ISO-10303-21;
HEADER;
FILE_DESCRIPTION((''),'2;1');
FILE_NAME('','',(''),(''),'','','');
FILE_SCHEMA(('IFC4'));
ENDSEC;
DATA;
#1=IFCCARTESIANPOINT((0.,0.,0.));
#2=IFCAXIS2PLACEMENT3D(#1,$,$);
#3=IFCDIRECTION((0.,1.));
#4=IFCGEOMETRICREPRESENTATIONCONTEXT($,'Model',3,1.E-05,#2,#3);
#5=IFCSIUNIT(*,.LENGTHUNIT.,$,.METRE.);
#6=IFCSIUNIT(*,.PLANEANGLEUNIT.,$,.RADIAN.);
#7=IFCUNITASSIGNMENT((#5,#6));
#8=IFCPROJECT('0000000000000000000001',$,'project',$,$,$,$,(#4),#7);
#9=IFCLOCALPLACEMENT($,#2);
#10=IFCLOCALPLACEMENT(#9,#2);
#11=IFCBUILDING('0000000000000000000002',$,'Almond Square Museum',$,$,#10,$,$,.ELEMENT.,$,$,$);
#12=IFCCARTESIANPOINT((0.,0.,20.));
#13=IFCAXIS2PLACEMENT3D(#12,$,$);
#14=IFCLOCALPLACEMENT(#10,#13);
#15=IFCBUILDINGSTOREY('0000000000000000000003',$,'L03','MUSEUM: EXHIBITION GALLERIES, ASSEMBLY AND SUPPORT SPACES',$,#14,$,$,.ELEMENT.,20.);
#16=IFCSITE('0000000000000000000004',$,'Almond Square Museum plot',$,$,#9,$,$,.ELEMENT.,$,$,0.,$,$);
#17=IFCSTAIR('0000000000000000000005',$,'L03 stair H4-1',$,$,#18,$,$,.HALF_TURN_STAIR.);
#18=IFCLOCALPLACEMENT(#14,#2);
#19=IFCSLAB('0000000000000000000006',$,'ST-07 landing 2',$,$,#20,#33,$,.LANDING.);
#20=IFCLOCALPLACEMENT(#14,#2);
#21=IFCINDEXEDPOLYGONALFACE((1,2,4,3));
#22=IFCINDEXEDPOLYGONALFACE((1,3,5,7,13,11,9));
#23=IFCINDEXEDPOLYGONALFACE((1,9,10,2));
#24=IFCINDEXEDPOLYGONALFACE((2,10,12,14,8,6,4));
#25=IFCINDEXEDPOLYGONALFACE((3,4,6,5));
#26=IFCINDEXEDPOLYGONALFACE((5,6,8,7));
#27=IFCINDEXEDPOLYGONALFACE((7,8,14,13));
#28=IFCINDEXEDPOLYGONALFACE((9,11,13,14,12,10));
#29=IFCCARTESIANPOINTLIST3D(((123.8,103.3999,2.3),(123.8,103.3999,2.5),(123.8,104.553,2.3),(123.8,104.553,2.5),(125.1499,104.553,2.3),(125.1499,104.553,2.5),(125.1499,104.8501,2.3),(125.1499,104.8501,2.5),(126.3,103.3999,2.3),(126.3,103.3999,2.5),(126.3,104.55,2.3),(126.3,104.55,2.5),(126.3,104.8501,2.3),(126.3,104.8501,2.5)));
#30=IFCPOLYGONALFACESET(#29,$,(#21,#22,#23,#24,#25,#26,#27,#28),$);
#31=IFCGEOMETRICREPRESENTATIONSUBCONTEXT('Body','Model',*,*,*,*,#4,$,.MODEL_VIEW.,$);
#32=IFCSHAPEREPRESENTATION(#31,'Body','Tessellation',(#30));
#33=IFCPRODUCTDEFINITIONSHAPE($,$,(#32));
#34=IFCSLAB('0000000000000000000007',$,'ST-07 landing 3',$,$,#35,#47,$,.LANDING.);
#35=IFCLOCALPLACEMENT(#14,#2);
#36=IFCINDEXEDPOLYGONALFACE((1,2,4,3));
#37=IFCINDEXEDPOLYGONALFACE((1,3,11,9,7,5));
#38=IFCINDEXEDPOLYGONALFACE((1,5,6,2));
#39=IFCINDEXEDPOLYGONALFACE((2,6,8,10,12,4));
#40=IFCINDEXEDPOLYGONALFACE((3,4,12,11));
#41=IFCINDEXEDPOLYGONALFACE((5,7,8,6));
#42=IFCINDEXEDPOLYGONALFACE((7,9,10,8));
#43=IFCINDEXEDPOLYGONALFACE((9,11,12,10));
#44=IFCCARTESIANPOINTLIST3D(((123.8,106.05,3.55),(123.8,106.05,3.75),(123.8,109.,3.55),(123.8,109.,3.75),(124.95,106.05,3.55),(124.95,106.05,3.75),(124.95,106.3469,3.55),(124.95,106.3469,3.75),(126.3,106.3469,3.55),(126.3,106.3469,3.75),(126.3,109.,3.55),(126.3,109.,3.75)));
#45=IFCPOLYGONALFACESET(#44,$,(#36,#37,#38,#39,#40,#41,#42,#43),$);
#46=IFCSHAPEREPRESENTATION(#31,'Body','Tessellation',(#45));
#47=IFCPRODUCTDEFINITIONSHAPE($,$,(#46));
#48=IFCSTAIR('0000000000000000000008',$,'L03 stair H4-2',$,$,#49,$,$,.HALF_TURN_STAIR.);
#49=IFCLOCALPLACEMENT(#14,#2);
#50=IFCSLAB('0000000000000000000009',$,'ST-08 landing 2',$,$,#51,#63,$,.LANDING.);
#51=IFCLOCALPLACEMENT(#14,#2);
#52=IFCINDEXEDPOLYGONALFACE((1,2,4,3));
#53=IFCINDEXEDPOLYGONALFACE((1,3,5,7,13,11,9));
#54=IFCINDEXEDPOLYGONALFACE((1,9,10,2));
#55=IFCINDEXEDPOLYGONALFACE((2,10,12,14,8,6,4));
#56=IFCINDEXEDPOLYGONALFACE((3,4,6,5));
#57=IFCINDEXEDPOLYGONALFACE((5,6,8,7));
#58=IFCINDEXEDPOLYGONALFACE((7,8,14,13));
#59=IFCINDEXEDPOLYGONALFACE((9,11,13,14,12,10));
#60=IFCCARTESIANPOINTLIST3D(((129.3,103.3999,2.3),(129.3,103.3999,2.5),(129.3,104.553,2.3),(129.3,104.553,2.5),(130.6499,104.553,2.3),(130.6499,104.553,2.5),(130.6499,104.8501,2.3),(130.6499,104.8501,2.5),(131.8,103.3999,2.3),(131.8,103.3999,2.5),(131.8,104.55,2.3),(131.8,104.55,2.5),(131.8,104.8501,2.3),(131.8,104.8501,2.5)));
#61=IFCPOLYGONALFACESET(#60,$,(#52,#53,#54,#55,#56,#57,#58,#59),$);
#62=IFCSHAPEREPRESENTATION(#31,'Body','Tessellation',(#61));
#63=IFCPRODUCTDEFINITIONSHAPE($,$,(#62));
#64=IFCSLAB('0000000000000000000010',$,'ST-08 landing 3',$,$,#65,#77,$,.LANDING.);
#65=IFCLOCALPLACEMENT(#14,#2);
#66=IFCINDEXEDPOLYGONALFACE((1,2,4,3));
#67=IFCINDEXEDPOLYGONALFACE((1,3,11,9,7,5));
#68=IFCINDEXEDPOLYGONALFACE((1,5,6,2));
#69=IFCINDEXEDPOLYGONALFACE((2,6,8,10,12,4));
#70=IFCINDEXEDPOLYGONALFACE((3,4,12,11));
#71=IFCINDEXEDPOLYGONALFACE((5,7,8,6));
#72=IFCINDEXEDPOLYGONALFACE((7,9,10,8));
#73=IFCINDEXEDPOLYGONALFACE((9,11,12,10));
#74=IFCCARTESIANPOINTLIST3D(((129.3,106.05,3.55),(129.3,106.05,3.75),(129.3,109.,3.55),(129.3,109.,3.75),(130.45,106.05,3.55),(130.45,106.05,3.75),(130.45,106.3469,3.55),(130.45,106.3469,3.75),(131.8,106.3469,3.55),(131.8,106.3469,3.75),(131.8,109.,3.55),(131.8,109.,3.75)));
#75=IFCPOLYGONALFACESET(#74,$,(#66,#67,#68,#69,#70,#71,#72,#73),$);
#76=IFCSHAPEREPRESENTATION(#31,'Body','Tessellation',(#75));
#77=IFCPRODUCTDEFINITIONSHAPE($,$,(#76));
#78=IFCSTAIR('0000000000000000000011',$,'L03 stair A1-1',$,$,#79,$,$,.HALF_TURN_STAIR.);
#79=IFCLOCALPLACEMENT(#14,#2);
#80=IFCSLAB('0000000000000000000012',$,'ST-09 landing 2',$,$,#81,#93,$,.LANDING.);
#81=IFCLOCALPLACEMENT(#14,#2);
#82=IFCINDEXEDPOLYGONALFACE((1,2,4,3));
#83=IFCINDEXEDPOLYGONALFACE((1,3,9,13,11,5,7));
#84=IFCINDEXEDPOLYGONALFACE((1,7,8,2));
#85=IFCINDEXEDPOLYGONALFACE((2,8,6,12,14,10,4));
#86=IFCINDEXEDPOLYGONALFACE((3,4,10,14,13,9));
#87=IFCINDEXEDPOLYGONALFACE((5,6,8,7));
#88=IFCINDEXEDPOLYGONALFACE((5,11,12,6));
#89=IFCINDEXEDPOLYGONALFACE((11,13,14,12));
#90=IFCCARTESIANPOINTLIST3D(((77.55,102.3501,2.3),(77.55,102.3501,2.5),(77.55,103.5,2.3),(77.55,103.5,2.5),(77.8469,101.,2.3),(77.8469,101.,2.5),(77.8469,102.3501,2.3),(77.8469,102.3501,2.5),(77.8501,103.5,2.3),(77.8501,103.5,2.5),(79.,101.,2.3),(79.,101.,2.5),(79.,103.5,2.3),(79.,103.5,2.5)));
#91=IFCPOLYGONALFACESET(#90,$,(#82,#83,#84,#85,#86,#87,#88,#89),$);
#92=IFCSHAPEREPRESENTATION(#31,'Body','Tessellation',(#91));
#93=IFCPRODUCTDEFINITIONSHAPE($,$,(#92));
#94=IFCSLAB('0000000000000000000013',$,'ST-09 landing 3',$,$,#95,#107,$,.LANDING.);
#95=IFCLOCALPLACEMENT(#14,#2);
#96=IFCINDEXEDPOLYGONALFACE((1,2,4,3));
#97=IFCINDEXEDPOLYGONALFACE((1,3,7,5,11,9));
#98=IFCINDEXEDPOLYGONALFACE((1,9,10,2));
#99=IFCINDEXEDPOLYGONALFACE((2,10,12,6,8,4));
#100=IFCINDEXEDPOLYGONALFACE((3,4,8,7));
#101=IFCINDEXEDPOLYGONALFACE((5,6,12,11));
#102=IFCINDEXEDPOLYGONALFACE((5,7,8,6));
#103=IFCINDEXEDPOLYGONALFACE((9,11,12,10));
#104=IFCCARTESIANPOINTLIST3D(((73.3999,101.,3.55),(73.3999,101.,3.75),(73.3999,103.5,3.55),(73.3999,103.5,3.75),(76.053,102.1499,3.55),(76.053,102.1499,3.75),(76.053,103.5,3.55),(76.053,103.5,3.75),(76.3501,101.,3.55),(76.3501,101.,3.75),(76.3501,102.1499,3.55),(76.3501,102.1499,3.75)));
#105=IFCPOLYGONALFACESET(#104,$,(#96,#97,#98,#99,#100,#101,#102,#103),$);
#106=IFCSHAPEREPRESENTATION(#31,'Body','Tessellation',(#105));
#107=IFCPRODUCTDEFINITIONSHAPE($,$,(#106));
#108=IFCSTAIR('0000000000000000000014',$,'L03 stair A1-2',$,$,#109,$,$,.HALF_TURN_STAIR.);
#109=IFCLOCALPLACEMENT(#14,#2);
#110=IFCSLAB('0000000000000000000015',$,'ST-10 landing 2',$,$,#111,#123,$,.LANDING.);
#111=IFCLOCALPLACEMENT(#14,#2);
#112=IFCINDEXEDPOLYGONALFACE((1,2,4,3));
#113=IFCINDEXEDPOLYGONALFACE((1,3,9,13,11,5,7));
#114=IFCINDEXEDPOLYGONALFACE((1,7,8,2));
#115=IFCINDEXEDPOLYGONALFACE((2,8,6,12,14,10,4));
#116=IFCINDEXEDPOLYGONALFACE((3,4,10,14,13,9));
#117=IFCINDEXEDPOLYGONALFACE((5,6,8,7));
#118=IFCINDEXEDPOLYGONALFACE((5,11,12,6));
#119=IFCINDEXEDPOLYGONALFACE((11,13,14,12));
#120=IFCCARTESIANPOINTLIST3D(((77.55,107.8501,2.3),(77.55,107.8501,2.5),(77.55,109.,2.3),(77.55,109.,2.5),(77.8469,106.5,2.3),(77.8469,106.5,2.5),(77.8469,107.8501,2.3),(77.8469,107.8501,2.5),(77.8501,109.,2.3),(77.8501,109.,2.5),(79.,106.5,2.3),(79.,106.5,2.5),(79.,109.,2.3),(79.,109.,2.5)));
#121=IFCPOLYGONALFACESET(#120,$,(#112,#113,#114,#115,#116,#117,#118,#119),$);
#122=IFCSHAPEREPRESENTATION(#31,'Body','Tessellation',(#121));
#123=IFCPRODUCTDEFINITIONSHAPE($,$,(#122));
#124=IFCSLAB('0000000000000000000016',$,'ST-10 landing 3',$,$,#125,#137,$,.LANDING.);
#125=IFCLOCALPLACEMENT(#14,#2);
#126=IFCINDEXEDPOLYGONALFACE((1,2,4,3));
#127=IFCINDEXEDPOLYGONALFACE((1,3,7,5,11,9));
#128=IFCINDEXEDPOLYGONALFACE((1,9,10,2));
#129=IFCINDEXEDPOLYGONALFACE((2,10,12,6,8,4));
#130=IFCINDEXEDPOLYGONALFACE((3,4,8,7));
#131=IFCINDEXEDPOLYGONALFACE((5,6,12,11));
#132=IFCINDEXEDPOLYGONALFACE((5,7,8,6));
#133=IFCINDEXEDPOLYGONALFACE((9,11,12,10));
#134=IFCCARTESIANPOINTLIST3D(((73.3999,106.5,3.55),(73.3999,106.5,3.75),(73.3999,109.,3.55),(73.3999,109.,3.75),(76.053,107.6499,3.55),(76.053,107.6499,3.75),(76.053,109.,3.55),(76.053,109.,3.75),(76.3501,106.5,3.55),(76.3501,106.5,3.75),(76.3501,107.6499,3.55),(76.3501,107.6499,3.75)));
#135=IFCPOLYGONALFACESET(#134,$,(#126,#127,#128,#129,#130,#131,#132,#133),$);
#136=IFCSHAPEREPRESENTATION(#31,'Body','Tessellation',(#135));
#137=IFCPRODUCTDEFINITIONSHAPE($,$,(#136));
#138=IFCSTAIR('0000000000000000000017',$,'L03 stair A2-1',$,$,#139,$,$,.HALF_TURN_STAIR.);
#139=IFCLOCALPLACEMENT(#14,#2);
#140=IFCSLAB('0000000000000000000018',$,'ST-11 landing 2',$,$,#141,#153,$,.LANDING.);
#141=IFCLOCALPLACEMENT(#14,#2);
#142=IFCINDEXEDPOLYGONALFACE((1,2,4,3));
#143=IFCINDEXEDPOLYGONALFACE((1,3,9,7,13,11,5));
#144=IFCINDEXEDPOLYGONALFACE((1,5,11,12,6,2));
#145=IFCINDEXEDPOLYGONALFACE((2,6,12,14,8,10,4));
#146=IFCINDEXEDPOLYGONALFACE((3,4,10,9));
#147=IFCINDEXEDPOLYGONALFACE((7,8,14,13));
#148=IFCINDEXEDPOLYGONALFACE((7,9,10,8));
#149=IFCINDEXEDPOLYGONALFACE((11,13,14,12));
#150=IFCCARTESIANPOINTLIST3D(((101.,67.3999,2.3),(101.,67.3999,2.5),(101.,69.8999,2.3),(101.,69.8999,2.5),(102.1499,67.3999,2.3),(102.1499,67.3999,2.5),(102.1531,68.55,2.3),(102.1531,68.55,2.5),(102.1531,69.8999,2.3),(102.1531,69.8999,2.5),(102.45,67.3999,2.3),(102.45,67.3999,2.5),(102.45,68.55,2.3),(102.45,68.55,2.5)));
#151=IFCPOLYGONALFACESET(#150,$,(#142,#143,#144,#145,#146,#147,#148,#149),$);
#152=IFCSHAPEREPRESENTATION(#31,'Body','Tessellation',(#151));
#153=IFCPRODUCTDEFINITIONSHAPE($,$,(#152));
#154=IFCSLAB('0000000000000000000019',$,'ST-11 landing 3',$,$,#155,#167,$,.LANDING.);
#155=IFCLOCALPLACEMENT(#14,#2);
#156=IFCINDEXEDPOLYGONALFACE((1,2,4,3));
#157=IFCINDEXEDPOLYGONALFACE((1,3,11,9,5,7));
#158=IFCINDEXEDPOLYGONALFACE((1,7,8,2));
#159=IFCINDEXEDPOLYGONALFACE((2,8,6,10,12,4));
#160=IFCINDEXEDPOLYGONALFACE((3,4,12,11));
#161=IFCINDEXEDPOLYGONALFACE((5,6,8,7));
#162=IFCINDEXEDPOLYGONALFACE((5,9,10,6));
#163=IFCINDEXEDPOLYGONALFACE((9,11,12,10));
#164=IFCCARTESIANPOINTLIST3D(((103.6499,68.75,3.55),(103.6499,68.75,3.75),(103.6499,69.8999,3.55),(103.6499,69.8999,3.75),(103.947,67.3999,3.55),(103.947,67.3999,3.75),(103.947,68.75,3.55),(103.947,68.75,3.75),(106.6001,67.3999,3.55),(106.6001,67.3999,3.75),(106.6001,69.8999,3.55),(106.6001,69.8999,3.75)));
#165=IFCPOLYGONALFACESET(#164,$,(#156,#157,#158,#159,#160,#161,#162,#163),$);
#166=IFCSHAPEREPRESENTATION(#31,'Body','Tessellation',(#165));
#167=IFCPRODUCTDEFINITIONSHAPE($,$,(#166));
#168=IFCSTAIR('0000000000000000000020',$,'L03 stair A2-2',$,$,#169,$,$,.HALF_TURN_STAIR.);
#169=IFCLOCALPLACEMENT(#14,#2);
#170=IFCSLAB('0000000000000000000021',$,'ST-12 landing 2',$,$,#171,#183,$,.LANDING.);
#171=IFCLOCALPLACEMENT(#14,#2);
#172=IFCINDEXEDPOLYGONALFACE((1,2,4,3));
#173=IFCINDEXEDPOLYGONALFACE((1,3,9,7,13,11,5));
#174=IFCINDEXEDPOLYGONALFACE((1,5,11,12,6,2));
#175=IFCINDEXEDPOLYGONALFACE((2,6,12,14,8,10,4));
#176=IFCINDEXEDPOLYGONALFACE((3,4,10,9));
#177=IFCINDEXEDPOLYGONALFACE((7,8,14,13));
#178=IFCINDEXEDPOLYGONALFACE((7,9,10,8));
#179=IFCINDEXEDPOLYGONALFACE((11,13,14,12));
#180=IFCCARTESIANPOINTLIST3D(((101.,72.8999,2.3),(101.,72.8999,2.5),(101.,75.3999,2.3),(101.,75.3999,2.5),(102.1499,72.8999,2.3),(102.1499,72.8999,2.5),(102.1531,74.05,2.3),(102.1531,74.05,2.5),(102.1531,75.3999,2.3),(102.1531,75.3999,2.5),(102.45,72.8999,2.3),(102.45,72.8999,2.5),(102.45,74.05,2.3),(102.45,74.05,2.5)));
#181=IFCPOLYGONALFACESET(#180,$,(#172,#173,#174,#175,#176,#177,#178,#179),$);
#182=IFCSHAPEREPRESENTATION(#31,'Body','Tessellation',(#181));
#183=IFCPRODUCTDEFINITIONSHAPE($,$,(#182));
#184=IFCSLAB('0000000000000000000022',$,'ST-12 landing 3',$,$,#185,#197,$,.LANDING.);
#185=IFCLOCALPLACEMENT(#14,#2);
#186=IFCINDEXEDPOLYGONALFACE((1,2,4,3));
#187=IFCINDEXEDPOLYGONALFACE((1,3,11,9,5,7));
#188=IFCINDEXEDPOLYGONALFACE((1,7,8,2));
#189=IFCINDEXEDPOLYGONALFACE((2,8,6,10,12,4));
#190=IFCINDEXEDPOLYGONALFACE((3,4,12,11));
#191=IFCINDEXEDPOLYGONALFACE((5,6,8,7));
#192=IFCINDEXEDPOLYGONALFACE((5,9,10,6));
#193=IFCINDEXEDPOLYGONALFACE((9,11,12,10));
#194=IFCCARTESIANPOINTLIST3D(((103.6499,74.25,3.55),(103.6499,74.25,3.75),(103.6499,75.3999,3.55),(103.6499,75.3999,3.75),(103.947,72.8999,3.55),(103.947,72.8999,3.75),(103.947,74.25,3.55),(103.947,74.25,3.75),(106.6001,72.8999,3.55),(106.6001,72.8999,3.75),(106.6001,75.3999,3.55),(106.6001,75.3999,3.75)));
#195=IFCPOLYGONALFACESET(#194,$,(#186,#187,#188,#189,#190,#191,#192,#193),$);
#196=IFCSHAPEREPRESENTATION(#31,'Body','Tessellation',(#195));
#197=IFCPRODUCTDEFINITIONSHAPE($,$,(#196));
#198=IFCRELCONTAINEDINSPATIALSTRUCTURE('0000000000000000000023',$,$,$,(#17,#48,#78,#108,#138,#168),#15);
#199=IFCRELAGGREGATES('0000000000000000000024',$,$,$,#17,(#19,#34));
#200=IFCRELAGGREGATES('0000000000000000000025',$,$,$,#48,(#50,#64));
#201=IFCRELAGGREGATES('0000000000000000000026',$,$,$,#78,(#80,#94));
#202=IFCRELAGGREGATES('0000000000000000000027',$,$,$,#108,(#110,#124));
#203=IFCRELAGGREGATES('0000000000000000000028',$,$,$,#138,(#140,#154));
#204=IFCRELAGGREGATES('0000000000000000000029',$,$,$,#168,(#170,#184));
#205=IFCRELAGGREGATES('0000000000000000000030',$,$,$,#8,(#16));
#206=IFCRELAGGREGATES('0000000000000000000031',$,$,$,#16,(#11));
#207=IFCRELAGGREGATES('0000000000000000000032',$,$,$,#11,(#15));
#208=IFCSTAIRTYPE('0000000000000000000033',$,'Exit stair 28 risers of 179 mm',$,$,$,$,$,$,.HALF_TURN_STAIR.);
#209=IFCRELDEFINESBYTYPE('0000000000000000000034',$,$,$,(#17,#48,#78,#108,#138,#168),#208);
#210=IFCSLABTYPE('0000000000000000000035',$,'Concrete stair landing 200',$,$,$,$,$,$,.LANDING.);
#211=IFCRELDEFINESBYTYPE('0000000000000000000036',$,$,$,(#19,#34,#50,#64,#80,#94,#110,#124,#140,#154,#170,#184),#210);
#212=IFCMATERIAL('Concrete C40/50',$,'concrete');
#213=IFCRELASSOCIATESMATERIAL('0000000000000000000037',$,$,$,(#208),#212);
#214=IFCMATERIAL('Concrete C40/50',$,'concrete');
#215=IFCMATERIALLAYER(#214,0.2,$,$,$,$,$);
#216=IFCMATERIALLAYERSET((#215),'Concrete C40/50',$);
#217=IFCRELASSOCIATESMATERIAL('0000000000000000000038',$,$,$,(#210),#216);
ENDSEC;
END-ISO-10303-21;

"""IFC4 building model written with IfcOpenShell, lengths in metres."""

from ifc_helpers import new_model, si_unit, direction, frame, origin, place, context, subcontext, project, spatial, polyline, outline, extrude, material, layer, layer_set, type_object, element, aggregate, save


model = new_model("IFC4")

# Units and contexts
model_context = context("Model", 3, precision=1e-05, world=origin(), true_north=direction((0.0, 1.0)))
body_context = subcontext(model_context, "Body", "Model", "MODEL_VIEW")
ifc_project = project(units=[si_unit("LENGTHUNIT", "METRE"), si_unit("PLANEANGLEUNIT", "RADIAN")], contexts=[model_context])

# Site, building, storey
site_placement = place(None, origin())
site = spatial("IfcSite", under=ifc_project, at=site_placement, Name="Almond Square Museum plot", CompositionType="ELEMENT", RefElevation=0.0)
building_placement = place(site_placement, origin())
building = spatial("IfcBuilding", under=site, at=building_placement, Name="Almond Square Museum", CompositionType="ELEMENT")
storey_placement = place(building_placement, frame((0.0, 0.0, 20.0)))
storey = spatial("IfcBuildingStorey", under=building, at=storey_placement, Name="L03", Description="MUSEUM: EXHIBITION GALLERIES, ASSEMBLY AND SUPPORT SPACES", CompositionType="ELEMENT", Elevation=20.0)

# Stairs, slabs
ifc_material_1 = material(Name="Concrete C40/50", Category="concrete")
stair_type = type_object("IfcStairType", Name="Exit stair 28 risers of 179 mm", PredefinedType="HALF_TURN_STAIR", material=ifc_material_1)
ifc_material_2 = material(Name="Concrete C40/50", Category="concrete")
ifc_layer = layer(ifc_material_2, 0.2)
ifc_layer_set = layer_set([ifc_layer], Name="Concrete C40/50")
slab_type = type_object("IfcSlabType", Name="Concrete stair landing 200", PredefinedType="LANDING", material=ifc_layer_set)
stair_1_placement = place(storey_placement, origin())
stair_1 = element("IfcStair", 1, at=stair_1_placement, inside=storey, type_object=stair_type, Name="L03 stair H4-1", PredefinedType="HALF_TURN_STAIR")
slab_1_placement = place(storey_placement, frame((0.0, 0.0, 2.3)))
slab_1 = element("IfcSlab", 2, at=slab_1_placement, type_object=slab_type, Name="ST-07 landing 2", PredefinedType="LANDING", context=body_context, shape_type="SweptSolid", body=[
    extrude(outline(polyline([(126.3, 103.3999), (126.3, 104.55), (126.3, 104.8501), (125.1499, 104.8501), (125.1499, 104.553), (123.8, 104.553), (123.8, 103.3999), (126.3, 103.3999)])), origin(), (0.0, 0.0, 1.0), 0.2),
])
slab_2_placement = place(storey_placement, frame((0.0, 0.0, 3.55)))
slab_2 = element("IfcSlab", 3, at=slab_2_placement, type_object=slab_type, Name="ST-07 landing 3", PredefinedType="LANDING", context=body_context, shape_type="SweptSolid", body=[
    extrude(outline(polyline([(126.3, 106.3469), (126.3, 109.0), (123.8, 109.0), (123.8, 106.05), (124.95, 106.05), (124.95, 106.3469), (126.3, 106.3469)])), origin(), (0.0, 0.0, 1.0), 0.2),
])
aggregate(stair_1, [slab_1, slab_2])
stair_2_placement = place(storey_placement, origin())
stair_2 = element("IfcStair", 4, at=stair_2_placement, inside=storey, type_object=stair_type, Name="L03 stair H4-2", PredefinedType="HALF_TURN_STAIR")
slab_3_placement = place(storey_placement, frame((0.0, 0.0, 2.3)))
slab_3 = element("IfcSlab", 5, at=slab_3_placement, type_object=slab_type, Name="ST-08 landing 2", PredefinedType="LANDING", context=body_context, shape_type="SweptSolid", body=[
    extrude(outline(polyline([(131.8, 103.3999), (131.8, 104.55), (131.8, 104.8501), (130.6499, 104.8501), (130.6499, 104.553), (129.3, 104.553), (129.3, 103.3999), (131.8, 103.3999)])), origin(), (0.0, 0.0, 1.0), 0.2),
])
slab_4_placement = place(storey_placement, frame((0.0, 0.0, 3.55)))
slab_4 = element("IfcSlab", 6, at=slab_4_placement, type_object=slab_type, Name="ST-08 landing 3", PredefinedType="LANDING", context=body_context, shape_type="SweptSolid", body=[
    extrude(outline(polyline([(131.8, 106.3469), (131.8, 109.0), (129.3, 109.0), (129.3, 106.05), (130.45, 106.05), (130.45, 106.3469), (131.8, 106.3469)])), origin(), (0.0, 0.0, 1.0), 0.2),
])
aggregate(stair_2, [slab_3, slab_4])
stair_3_placement = place(storey_placement, origin())
stair_3 = element("IfcStair", 7, at=stair_3_placement, inside=storey, type_object=stair_type, Name="L03 stair A1-1", PredefinedType="HALF_TURN_STAIR")
slab_5_placement = place(storey_placement, frame((0.0, 0.0, 2.3)))
slab_5 = element("IfcSlab", 8, at=slab_5_placement, type_object=slab_type, Name="ST-09 landing 2", PredefinedType="LANDING", context=body_context, shape_type="SweptSolid", body=[
    extrude(outline(polyline([(79.0, 103.5), (77.8501, 103.5), (77.55, 103.5), (77.55, 102.3501), (77.8469, 102.3501), (77.8469, 101.0), (79.0, 101.0), (79.0, 103.5)])), origin(), (0.0, 0.0, 1.0), 0.2),
])
slab_6_placement = place(storey_placement, frame((0.0, 0.0, 3.55)))
slab_6 = element("IfcSlab", 9, at=slab_6_placement, type_object=slab_type, Name="ST-09 landing 3", PredefinedType="LANDING", context=body_context, shape_type="SweptSolid", body=[
    extrude(outline(polyline([(76.053, 103.5), (73.3999, 103.5), (73.3999, 101.0), (76.3501, 101.0), (76.3501, 102.1499), (76.053, 102.1499), (76.053, 103.5)])), origin(), (0.0, 0.0, 1.0), 0.2),
])
aggregate(stair_3, [slab_5, slab_6])
stair_4_placement = place(storey_placement, origin())
stair_4 = element("IfcStair", 10, at=stair_4_placement, inside=storey, type_object=stair_type, Name="L03 stair A1-2", PredefinedType="HALF_TURN_STAIR")
slab_7_placement = place(storey_placement, frame((0.0, 0.0, 2.3)))
slab_7 = element("IfcSlab", 11, at=slab_7_placement, type_object=slab_type, Name="ST-10 landing 2", PredefinedType="LANDING", context=body_context, shape_type="SweptSolid", body=[
    extrude(outline(polyline([(79.0, 109.0), (77.8501, 109.0), (77.55, 109.0), (77.55, 107.8501), (77.8469, 107.8501), (77.8469, 106.5), (79.0, 106.5), (79.0, 109.0)])), origin(), (0.0, 0.0, 1.0), 0.2),
])
slab_8_placement = place(storey_placement, frame((0.0, 0.0, 3.55)))
slab_8 = element("IfcSlab", 12, at=slab_8_placement, type_object=slab_type, Name="ST-10 landing 3", PredefinedType="LANDING", context=body_context, shape_type="SweptSolid", body=[
    extrude(outline(polyline([(76.053, 109.0), (73.3999, 109.0), (73.3999, 106.5), (76.3501, 106.5), (76.3501, 107.6499), (76.053, 107.6499), (76.053, 109.0)])), origin(), (0.0, 0.0, 1.0), 0.2),
])
aggregate(stair_4, [slab_7, slab_8])
stair_5_placement = place(storey_placement, origin())
stair_5 = element("IfcStair", 13, at=stair_5_placement, inside=storey, type_object=stair_type, Name="L03 stair A2-1", PredefinedType="HALF_TURN_STAIR")
slab_9_placement = place(storey_placement, frame((0.0, 0.0, 2.3)))
slab_9 = element("IfcSlab", 14, at=slab_9_placement, type_object=slab_type, Name="ST-11 landing 2", PredefinedType="LANDING", context=body_context, shape_type="SweptSolid", body=[
    extrude(outline(polyline([(101.0, 67.3999), (102.1499, 67.3999), (102.45, 67.3999), (102.45, 68.55), (102.1531, 68.55), (102.1531, 69.8999), (101.0, 69.8999), (101.0, 67.3999)])), origin(), (0.0, 0.0, 1.0), 0.2),
])
slab_10_placement = place(storey_placement, frame((0.0, 0.0, 3.55)))
slab_10 = element("IfcSlab", 15, at=slab_10_placement, type_object=slab_type, Name="ST-11 landing 3", PredefinedType="LANDING", context=body_context, shape_type="SweptSolid", body=[
    extrude(outline(polyline([(103.947, 67.3999), (106.6001, 67.3999), (106.6001, 69.8999), (103.6499, 69.8999), (103.6499, 68.75), (103.947, 68.75), (103.947, 67.3999)])), origin(), (0.0, 0.0, 1.0), 0.2),
])
aggregate(stair_5, [slab_9, slab_10])
stair_6_placement = place(storey_placement, origin())
stair_6 = element("IfcStair", 16, at=stair_6_placement, inside=storey, type_object=stair_type, Name="L03 stair A2-2", PredefinedType="HALF_TURN_STAIR")
slab_11_placement = place(storey_placement, frame((0.0, 0.0, 2.3)))
slab_11 = element("IfcSlab", 17, at=slab_11_placement, type_object=slab_type, Name="ST-12 landing 2", PredefinedType="LANDING", context=body_context, shape_type="SweptSolid", body=[
    extrude(outline(polyline([(101.0, 72.8999), (102.1499, 72.8999), (102.45, 72.8999), (102.45, 74.05), (102.1531, 74.05), (102.1531, 75.3999), (101.0, 75.3999), (101.0, 72.8999)])), origin(), (0.0, 0.0, 1.0), 0.2),
])
slab_12_placement = place(storey_placement, frame((0.0, 0.0, 3.55)))
slab_12 = element("IfcSlab", 18, at=slab_12_placement, type_object=slab_type, Name="ST-12 landing 3", PredefinedType="LANDING", context=body_context, shape_type="SweptSolid", body=[
    extrude(outline(polyline([(103.947, 72.8999), (106.6001, 72.8999), (106.6001, 75.3999), (103.6499, 75.3999), (103.6499, 74.25), (103.947, 74.25), (103.947, 72.8999)])), origin(), (0.0, 0.0, 1.0), 0.2),
])
aggregate(stair_6, [slab_11, slab_12])

save(model, "model.ifc")
